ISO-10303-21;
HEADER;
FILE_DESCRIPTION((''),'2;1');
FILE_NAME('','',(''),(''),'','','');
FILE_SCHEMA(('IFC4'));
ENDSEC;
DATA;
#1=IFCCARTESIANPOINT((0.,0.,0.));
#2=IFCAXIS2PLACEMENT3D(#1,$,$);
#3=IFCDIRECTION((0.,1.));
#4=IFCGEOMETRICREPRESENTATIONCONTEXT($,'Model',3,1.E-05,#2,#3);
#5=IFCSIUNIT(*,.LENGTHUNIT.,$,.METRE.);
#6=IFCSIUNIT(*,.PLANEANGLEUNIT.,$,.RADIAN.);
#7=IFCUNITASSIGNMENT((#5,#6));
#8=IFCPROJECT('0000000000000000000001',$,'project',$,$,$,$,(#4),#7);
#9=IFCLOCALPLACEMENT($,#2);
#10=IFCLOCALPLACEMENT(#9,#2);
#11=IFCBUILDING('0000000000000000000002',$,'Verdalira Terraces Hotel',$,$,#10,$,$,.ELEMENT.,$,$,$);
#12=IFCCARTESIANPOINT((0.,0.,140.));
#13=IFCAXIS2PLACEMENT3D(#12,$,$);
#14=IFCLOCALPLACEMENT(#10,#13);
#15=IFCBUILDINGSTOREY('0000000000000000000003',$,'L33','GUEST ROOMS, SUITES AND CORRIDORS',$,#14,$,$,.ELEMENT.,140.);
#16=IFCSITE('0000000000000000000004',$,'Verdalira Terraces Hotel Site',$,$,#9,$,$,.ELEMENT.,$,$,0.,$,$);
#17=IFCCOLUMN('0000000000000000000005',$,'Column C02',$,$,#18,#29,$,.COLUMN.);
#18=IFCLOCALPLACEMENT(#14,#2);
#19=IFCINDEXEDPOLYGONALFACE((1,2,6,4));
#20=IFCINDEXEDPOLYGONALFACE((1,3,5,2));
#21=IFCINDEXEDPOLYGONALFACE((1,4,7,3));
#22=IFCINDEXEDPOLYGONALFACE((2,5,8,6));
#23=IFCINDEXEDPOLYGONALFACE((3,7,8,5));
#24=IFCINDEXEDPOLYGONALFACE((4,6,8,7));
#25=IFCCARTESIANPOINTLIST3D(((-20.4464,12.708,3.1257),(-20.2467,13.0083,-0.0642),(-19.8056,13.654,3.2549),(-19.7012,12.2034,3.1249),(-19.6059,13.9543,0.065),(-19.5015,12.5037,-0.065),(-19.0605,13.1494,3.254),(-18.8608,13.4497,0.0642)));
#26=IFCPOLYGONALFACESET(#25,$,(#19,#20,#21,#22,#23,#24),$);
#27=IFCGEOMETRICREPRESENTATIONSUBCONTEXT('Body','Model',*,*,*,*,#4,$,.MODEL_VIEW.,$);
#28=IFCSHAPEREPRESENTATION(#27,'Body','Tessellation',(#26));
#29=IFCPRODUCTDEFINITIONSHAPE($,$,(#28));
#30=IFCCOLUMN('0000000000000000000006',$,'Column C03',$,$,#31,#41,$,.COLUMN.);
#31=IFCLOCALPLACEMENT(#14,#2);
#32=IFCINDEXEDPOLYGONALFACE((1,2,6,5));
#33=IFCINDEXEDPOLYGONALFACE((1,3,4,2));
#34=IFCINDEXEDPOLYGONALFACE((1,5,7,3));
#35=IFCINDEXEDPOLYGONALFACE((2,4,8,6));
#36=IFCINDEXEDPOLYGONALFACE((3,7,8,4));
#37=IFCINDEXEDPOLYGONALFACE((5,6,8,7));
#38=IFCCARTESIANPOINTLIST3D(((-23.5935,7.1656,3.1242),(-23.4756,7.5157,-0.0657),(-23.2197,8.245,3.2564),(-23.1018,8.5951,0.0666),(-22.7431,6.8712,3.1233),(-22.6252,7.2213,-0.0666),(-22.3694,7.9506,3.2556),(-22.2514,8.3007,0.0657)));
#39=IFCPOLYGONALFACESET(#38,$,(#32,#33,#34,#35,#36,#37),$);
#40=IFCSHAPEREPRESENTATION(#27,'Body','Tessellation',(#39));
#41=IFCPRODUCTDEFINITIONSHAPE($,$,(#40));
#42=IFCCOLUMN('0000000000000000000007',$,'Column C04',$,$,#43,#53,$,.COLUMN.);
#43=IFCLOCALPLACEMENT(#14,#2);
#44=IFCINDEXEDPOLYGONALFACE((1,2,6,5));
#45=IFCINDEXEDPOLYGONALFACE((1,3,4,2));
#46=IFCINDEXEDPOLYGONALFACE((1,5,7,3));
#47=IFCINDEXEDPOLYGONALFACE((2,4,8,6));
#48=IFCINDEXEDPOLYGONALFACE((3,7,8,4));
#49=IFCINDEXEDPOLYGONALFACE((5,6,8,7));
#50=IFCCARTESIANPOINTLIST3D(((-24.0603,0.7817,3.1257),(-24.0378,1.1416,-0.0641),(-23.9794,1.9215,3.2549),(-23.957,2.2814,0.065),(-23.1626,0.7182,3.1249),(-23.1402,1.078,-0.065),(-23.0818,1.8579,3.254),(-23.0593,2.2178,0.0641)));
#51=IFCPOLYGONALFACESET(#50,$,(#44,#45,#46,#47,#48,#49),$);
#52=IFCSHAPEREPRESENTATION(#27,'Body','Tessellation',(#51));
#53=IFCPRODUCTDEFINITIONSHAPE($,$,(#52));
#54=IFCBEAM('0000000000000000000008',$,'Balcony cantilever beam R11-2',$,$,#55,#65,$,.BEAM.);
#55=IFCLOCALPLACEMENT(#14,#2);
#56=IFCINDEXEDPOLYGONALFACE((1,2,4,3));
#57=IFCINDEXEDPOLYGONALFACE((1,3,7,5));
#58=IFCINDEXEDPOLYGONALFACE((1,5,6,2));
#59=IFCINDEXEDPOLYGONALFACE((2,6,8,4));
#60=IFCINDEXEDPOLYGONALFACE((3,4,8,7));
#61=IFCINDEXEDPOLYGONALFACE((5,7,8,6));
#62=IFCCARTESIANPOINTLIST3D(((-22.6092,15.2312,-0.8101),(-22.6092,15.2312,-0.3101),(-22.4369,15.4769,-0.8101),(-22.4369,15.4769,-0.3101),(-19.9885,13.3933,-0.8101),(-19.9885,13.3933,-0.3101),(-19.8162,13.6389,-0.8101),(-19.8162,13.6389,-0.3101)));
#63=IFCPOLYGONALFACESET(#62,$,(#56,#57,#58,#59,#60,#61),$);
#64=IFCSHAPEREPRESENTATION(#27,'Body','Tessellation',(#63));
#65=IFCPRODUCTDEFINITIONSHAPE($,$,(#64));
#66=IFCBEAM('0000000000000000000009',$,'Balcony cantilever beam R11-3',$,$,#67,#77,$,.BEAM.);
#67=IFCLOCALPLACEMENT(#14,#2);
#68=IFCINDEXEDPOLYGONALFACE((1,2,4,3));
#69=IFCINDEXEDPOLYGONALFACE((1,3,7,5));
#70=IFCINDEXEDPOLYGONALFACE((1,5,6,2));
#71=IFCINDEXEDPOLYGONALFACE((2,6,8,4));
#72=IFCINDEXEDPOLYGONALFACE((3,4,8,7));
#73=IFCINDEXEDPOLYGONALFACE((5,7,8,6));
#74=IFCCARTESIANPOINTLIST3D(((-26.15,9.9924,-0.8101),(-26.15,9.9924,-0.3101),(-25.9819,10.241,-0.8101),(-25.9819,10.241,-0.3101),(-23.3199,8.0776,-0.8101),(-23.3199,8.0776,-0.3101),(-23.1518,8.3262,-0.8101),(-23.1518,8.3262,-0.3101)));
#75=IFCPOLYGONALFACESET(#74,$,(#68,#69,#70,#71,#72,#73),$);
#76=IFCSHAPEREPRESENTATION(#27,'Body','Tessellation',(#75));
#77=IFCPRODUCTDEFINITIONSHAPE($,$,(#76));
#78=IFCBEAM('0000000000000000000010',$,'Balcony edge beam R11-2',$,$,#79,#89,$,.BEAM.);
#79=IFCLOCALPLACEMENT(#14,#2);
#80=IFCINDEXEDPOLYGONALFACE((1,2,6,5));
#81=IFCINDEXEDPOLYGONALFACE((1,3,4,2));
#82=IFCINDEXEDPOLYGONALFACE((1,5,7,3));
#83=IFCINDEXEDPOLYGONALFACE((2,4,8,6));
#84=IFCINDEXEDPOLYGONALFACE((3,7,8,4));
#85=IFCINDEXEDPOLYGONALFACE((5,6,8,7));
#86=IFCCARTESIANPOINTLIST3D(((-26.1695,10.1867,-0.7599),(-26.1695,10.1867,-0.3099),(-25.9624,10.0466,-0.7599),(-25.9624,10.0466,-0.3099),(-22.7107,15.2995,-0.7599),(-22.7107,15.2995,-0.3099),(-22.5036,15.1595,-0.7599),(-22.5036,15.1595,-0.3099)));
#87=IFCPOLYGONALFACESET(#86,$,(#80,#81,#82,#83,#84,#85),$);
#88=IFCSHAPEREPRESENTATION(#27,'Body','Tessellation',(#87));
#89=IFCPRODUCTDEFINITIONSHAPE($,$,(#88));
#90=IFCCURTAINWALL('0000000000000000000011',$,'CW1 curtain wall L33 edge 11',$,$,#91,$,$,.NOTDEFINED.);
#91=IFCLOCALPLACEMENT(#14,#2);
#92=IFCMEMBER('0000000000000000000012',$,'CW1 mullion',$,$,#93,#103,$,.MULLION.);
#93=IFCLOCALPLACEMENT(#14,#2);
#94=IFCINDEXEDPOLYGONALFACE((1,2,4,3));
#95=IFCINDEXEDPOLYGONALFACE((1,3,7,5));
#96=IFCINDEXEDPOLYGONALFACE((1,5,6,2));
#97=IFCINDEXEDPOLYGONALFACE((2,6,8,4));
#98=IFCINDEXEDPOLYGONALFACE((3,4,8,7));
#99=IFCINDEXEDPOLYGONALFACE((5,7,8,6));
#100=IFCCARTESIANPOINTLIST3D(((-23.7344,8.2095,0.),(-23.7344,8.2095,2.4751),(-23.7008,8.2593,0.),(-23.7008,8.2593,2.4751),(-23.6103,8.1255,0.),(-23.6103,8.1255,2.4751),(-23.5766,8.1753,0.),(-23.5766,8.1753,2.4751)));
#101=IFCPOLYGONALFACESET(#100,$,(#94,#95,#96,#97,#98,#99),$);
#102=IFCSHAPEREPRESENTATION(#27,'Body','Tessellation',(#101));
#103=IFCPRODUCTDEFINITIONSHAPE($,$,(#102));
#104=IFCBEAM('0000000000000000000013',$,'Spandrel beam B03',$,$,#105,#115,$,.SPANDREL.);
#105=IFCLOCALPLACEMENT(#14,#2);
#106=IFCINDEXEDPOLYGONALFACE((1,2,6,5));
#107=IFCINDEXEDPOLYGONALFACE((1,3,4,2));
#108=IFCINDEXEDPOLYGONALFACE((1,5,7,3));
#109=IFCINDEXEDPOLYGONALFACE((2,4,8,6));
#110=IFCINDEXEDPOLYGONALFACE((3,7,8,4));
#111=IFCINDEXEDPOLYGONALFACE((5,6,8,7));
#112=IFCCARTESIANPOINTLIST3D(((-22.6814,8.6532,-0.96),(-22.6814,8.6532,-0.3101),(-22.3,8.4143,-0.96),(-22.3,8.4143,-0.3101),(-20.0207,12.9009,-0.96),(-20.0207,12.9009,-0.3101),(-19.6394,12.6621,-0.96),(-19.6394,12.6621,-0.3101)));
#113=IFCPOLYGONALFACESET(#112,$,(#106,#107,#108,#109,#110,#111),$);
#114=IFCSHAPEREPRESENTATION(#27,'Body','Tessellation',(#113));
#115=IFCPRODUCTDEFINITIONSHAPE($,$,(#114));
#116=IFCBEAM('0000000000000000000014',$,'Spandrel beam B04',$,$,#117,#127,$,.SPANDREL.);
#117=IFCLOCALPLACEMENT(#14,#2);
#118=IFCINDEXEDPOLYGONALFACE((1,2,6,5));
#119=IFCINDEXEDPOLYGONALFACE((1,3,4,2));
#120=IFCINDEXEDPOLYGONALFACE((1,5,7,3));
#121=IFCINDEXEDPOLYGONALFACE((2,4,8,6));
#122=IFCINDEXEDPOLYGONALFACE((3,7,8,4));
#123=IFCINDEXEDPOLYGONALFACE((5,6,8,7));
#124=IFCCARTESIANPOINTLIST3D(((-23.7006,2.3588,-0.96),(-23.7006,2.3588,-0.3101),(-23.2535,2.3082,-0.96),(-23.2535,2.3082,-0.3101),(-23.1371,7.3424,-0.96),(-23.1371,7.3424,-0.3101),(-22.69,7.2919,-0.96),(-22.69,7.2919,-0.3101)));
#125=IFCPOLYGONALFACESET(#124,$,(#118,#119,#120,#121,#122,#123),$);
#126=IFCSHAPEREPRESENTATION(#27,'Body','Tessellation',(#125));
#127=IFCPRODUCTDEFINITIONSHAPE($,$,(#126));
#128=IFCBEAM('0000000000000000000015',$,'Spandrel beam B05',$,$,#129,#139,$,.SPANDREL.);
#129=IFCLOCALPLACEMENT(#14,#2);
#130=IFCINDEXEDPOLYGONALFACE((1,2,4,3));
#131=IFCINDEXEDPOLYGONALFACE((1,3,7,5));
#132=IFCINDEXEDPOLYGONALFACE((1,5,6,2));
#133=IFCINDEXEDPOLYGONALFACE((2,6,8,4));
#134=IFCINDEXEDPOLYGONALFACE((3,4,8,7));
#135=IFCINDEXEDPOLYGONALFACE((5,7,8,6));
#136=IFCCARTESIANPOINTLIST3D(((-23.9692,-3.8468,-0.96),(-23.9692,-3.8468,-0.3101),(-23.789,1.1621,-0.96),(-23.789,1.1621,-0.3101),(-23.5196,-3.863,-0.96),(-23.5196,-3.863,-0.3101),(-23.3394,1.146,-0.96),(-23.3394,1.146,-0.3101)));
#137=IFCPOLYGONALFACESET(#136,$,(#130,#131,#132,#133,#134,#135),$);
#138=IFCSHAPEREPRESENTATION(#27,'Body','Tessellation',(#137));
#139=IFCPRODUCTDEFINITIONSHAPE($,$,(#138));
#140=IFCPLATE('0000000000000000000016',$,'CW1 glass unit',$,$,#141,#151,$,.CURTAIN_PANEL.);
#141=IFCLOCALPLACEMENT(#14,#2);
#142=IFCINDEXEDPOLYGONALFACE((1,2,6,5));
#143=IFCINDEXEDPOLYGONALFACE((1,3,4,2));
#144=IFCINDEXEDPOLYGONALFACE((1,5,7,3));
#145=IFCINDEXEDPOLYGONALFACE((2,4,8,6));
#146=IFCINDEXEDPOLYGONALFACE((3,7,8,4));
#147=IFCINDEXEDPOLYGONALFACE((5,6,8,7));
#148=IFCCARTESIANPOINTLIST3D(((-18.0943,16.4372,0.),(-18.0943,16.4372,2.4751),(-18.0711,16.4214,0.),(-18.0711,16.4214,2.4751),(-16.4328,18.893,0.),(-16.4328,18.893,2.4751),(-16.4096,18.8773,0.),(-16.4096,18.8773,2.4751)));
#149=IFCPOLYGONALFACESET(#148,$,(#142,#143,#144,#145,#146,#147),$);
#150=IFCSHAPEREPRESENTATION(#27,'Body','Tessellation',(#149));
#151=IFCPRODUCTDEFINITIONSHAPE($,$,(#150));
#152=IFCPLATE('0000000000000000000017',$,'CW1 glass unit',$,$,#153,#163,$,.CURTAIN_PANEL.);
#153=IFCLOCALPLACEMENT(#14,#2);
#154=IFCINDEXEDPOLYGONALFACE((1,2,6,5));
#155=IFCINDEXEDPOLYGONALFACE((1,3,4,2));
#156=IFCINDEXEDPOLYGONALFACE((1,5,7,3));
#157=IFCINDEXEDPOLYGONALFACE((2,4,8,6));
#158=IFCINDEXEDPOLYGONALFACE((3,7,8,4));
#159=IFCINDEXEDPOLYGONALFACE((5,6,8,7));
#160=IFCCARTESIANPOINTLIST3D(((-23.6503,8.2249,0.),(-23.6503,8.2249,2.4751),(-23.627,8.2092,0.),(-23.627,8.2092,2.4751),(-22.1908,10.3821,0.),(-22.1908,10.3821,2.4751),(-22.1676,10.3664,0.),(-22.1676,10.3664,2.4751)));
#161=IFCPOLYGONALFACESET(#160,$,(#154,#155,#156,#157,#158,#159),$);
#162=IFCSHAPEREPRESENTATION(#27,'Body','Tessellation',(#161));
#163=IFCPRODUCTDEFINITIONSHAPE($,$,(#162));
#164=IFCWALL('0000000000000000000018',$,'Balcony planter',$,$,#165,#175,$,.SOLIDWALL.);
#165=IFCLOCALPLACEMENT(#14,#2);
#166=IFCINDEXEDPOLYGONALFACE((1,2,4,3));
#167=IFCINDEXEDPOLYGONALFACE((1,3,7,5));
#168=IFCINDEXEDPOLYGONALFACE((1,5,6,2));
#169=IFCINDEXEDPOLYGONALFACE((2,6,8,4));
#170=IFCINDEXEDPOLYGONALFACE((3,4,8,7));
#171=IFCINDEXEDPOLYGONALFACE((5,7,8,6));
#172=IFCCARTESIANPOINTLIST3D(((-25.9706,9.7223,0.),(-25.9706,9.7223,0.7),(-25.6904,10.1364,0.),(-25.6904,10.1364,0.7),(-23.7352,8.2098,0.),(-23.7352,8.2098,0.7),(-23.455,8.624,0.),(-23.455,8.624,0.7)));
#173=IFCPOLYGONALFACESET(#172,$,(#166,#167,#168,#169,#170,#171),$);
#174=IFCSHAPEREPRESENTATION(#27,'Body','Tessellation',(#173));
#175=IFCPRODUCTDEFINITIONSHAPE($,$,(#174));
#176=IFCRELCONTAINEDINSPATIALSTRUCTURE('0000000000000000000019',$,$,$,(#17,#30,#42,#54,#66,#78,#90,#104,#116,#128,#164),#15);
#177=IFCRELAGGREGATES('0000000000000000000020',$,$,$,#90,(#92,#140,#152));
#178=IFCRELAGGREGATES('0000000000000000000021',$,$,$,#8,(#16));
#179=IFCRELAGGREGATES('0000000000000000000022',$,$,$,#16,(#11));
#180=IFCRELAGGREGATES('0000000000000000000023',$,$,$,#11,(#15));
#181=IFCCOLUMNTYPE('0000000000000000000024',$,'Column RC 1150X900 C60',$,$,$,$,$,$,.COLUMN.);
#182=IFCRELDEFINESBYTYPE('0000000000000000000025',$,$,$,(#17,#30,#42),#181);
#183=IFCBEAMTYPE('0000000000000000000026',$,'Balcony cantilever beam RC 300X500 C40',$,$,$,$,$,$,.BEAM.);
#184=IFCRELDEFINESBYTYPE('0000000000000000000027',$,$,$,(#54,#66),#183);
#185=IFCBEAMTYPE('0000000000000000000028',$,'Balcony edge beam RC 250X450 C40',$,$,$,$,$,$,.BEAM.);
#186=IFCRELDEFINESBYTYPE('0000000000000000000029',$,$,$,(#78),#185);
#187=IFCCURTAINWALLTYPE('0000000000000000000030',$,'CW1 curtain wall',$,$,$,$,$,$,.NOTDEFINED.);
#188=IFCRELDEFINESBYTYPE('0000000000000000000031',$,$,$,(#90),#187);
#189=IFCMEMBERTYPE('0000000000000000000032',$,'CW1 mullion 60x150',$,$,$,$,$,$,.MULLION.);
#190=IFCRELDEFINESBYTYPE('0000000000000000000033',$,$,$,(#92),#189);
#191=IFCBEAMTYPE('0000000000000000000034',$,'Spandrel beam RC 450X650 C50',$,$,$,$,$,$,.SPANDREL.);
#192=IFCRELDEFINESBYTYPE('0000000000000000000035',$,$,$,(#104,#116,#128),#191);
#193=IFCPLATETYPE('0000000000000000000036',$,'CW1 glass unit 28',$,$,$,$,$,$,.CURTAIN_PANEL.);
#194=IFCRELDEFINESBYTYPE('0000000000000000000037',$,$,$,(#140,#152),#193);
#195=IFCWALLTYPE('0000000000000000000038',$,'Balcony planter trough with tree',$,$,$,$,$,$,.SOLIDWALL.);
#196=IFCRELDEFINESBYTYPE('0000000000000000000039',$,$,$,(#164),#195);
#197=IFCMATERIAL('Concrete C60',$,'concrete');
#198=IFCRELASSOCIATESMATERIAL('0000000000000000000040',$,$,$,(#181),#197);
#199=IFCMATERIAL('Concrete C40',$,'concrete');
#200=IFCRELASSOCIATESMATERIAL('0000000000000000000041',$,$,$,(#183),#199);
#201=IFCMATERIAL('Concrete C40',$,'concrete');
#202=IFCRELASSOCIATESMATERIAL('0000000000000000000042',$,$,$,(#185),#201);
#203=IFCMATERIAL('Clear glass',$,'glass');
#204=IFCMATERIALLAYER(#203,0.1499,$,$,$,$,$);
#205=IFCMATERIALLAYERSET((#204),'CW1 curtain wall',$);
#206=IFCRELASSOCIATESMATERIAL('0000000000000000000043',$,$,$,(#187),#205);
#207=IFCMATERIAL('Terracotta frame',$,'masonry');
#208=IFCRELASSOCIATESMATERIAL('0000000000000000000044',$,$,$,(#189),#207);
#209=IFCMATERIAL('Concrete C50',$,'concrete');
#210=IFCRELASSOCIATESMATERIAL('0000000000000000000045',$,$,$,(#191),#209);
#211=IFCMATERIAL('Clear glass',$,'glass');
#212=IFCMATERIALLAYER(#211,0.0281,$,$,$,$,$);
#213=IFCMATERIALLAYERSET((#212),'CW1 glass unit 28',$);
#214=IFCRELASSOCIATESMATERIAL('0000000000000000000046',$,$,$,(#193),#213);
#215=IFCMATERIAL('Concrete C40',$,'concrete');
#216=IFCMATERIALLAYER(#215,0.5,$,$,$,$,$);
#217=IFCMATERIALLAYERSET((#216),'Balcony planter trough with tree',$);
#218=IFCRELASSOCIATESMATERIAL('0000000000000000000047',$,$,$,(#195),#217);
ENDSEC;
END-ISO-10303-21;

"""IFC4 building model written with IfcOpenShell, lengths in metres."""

from ifc_helpers import new_model, si_unit, direction, frame, frame_2d, origin, origin_2d, place, context, subcontext, project, spatial, rectangle, extrude, material, layer, layer_set, material_profile, profile_set, type_object, element, aggregate, save


model = new_model("IFC4")

# Units and contexts
model_context = context("Model", 3, precision=1e-05, world=origin(), true_north=direction((0.0, 1.0)))
body_context = subcontext(model_context, "Body", "Model", "MODEL_VIEW")
ifc_project = project(units=[si_unit("LENGTHUNIT", "METRE"), si_unit("PLANEANGLEUNIT", "RADIAN")], contexts=[model_context])

# Site, building, storey
site_placement = place(None, origin())
site = spatial("IfcSite", under=ifc_project, at=site_placement, Name="Verdalira Terraces Hotel Site", CompositionType="ELEMENT", RefElevation=0.0)
building_placement = place(site_placement, origin())
building = spatial("IfcBuilding", under=site, at=building_placement, Name="Verdalira Terraces Hotel", CompositionType="ELEMENT")
storey_placement = place(building_placement, frame((0.0, 0.0, 140.0)))
storey = spatial("IfcBuildingStorey", under=building, at=storey_placement, Name="L33", Description="GUEST ROOMS, SUITES AND CORRIDORS", CompositionType="ELEMENT", Elevation=140.0)

# Columns
ifc_material_1 = material(Name="Concrete C60", Category="concrete")
ifc_material_profile_1 = material_profile(ifc_material_1, rectangle(XDim=1.1499, YDim=0.8999, at=origin_2d()), Name="RC 1150X900")
ifc_profile_set_1 = profile_set([ifc_material_profile_1], Name="Concrete C60")
column_type = type_object("IfcColumnType", Name="Column RC 1150X900 C60", PredefinedType="COLUMN", material=ifc_profile_set_1)
column_1_placement = place(storey_placement, frame((-19.5537, 13.229, 0.0), z_axis=(-0.062209, -0.093542, 0.99367), x_axis=(-0.557258, -0.822705, -0.112335)))
element("IfcColumn", 1, at=column_1_placement, inside=storey, type_object=column_type, Name="Column C02", PredefinedType="COLUMN", context=body_context, shape_type="SweptSolid", body=[
    extrude(rectangle(XDim=1.1499, YDim=0.8999, at=origin_2d()), origin(), (0.0, 0.0, 1.0), 3.2102),
])
column_2_placement = place(storey_placement, frame((-22.8635, 7.9082, 0.0), z_axis=(-0.036721, -0.109022, 0.993361), x_axis=(0.325062, 0.93867, 0.115036)))
element("IfcColumn", 2, at=column_2_placement, inside=storey, type_object=column_type, Name="Column C03", PredefinedType="COLUMN", context=body_context, shape_type="SweptSolid", body=[
    extrude(rectangle(XDim=1.1499, YDim=0.8999, at=origin_2d()), origin(), (0.0, 0.0, 1.0), 3.2112),
])
column_3_placement = place(storey_placement, frame((-23.5486, 1.6797, 0.0), z_axis=(-0.006997, -0.112098, 0.993673), x_axis=(-0.070313, -0.991182, -0.112312)))
element("IfcColumn", 3, at=column_3_placement, inside=storey, type_object=column_type, Name="Column C04", PredefinedType="COLUMN", context=body_context, shape_type="SweptSolid", body=[
    extrude(rectangle(XDim=1.1499, YDim=0.8999, at=origin_2d()), origin(), (0.0, 0.0, 1.0), 3.2102),
])

# Beams
ifc_material_2 = material(Name="Concrete C40", Category="concrete")
ifc_material_profile_2 = material_profile(ifc_material_2, rectangle(XDim=0.3, YDim=0.5, at=origin_2d()), Name="RC 300X500")
ifc_profile_set_2 = profile_set([ifc_material_profile_2], Name="Concrete C40")
beam_type_1 = type_object("IfcBeamType", Name="Balcony cantilever beam RC 300X500 C40", PredefinedType="BEAM", material=ifc_profile_set_2)
beam_1_placement = place(storey_placement, frame((-19.9023, 13.5161, -0.5601), z_axis=(-0.818723, 0.574189, 0.0), x_axis=(-0.574189, -0.818723, 0.0)))
element("IfcBeam", 4, at=beam_1_placement, inside=storey, type_object=beam_type_1, Name="Balcony cantilever beam R11-2", PredefinedType="BEAM", context=body_context, shape_type="SweptSolid", body=[
    extrude(rectangle(XDim=0.3, YDim=0.5, at=origin_2d()), origin(), (0.0, 0.0, 1.0), 3.2009),
])
beam_2_placement = place(storey_placement, frame((-23.2358, 8.2019, -0.5601), z_axis=(-0.828239, 0.560376, 0.0), x_axis=(-0.560376, -0.828239, 0.0)))
element("IfcBeam", 5, at=beam_2_placement, inside=storey, type_object=beam_type_1, Name="Balcony cantilever beam R11-3", PredefinedType="BEAM", context=body_context, shape_type="SweptSolid", body=[
    extrude(rectangle(XDim=0.3, YDim=0.5, at=origin_2d()), origin(), (0.0, 0.0, 1.0), 3.417),
])
ifc_material_3 = material(Name="Concrete C40", Category="concrete")
ifc_material_profile_3 = material_profile(ifc_material_3, rectangle(XDim=0.25, YDim=0.45, at=origin_2d()), Name="RC 250X450")
ifc_profile_set_3 = profile_set([ifc_material_profile_3], Name="Concrete C40")
beam_type_2 = type_object("IfcBeamType", Name="Balcony edge beam RC 250X450 C40", PredefinedType="BEAM", material=ifc_profile_set_3)
beam_3_placement = place(storey_placement, frame((-22.6072, 15.2295, -0.5349), z_axis=(-0.560319, -0.828277, 0.0), x_axis=(0.828277, -0.560319, 0.0)))
element("IfcBeam", 6, at=beam_3_placement, inside=storey, type_object=beam_type_2, Name="Balcony edge beam R11-2", PredefinedType="BEAM", context=body_context, shape_type="SweptSolid", body=[
    extrude(rectangle(XDim=0.25, YDim=0.45, at=origin_2d()), origin(), (0.0, 0.0, 1.0), 6.1729),
])

# Curtain wall, member
ifc_material_4 = material(Name="Clear glass", Category="glass")
ifc_layer_1 = layer(ifc_material_4, 0.1499)
ifc_layer_set_1 = layer_set([ifc_layer_1], Name="CW1 curtain wall")
curtain_wall_type = type_object("IfcCurtainWallType", Name="CW1 curtain wall", PredefinedType="NOTDEFINED", material=ifc_layer_set_1)
curtain_wall_placement = place(storey_placement, origin())
curtain_wall = element("IfcCurtainWall", 7, at=curtain_wall_placement, inside=storey, type_object=curtain_wall_type, Name="CW1 curtain wall L33 edge 11", PredefinedType="NOTDEFINED")
ifc_material_5 = material(Name="Terracotta frame", Category="masonry")
ifc_material_profile_4 = material_profile(ifc_material_5, rectangle(XDim=0.0601, YDim=0.1499, at=origin_2d()), Name="MU 60x150")
ifc_profile_set_4 = profile_set([ifc_material_profile_4], Name="Terracotta frame")
member_type = type_object("IfcMemberType", Name="CW1 mullion 60x150", PredefinedType="MULLION", material=ifc_profile_set_4)
member_placement = place(storey_placement, frame((-23.6555, 8.1924, 0.0), z_axis=(0.0, 0.0, 1.0), x_axis=(-0.56035, -0.828256, 0.0)))
member = element("IfcMember", 8, at=member_placement, type_object=member_type, Name="CW1 mullion", PredefinedType="MULLION", context=body_context, shape_type="SweptSolid", body=[
    extrude(rectangle(XDim=0.0601, YDim=0.1499, at=origin_2d()), origin(), (0.0, 0.0, 1.0), 2.4751),
])

# Beams
ifc_material_6 = material(Name="Concrete C50", Category="concrete")
ifc_material_profile_5 = material_profile(ifc_material_6, rectangle(XDim=0.45, YDim=0.6499, at=origin_2d()), Name="RC 450X650")
ifc_profile_set_5 = profile_set([ifc_material_profile_5], Name="Concrete C50")
beam_type_3 = type_object("IfcBeamType", Name="Spandrel beam RC 450X650 C50", PredefinedType="SPANDREL", material=ifc_profile_set_5)
beam_4_placement = place(storey_placement, frame((-19.8301, 12.7815, -0.635), z_axis=(-0.530826, -0.847481, 0.0), x_axis=(0.847481, -0.530826, 0.0)))
element("IfcBeam", 9, at=beam_4_placement, inside=storey, type_object=beam_type_3, Name="Spandrel beam B03", PredefinedType="SPANDREL", context=body_context, shape_type="SweptSolid", body=[
    extrude(rectangle(XDim=0.45, YDim=0.6499, at=origin_2d()), origin(), (0.0, 0.0, 1.0), 5.0122),
])
beam_5_placement = place(storey_placement, frame((-22.9136, 7.3171, -0.635), z_axis=(-0.112349, -0.993669, 0.0), x_axis=(0.993669, -0.112349, 0.0)))
element("IfcBeam", 10, at=beam_5_placement, inside=storey, type_object=beam_type_3, Name="Spandrel beam B04", PredefinedType="SPANDREL", context=body_context, shape_type="SweptSolid", body=[
    extrude(rectangle(XDim=0.45, YDim=0.6499, at=origin_2d()), origin(), (0.0, 0.0, 1.0), 5.0154),
])
beam_6_placement = place(storey_placement, frame((-23.5642, 1.1541, -0.635), z_axis=(-0.035947, -0.999354, 0.0), x_axis=(0.999354, -0.035947, 0.0)))
element("IfcBeam", 11, at=beam_6_placement, inside=storey, type_object=beam_type_3, Name="Spandrel beam B05", PredefinedType="SPANDREL", context=body_context, shape_type="SweptSolid", body=[
    extrude(rectangle(XDim=0.45, YDim=0.6499, at=origin_2d()), origin(), (0.0, 0.0, 1.0), 5.0122),
])

# Plates
ifc_material_7 = material(Name="Clear glass", Category="glass")
ifc_layer_2 = layer(ifc_material_7, 0.0281)
ifc_layer_set_2 = layer_set([ifc_layer_2], Name="CW1 glass unit 28")
plate_type = type_object("IfcPlateType", Name="CW1 glass unit 28", PredefinedType="CURTAIN_PANEL", material=ifc_layer_set_2)
plate_1_placement = place(storey_placement, frame((-17.252, 17.6572, 0.0), z_axis=(0.0, 0.0, 1.0), x_axis=(-0.56035, -0.828256, 0.0)))
plate_1 = element("IfcPlate", 12, at=plate_1_placement, type_object=plate_type, Name="CW1 glass unit", PredefinedType="CURTAIN_PANEL", context=body_context, shape_type="SweptSolid", body=[
    extrude(rectangle(XDim=2.9651, YDim=0.0281, at=origin_2d()), origin(), (0.0, 0.0, 1.0), 2.4751),
])
plate_2_placement = place(storey_placement, frame((-22.9089, 9.2957, 0.0), z_axis=(0.0, 0.0, 1.0), x_axis=(-0.56035, -0.828256, 0.0)))
plate_2 = element("IfcPlate", 13, at=plate_2_placement, type_object=plate_type, Name="CW1 glass unit", PredefinedType="CURTAIN_PANEL", context=body_context, shape_type="SweptSolid", body=[
    extrude(rectangle(XDim=2.6045, YDim=0.0281, at=origin_2d()), origin(), (0.0, 0.0, 1.0), 2.4751),
])
aggregate(curtain_wall, [member, plate_1, plate_2])

# Wall
ifc_material_8 = material(Name="Concrete C40", Category="concrete")
ifc_layer_3 = layer(ifc_material_8, 0.5)
ifc_layer_set_3 = layer_set([ifc_layer_3], Name="Balcony planter trough with tree")
wall_type_1 = type_object("IfcWallType", Name="Balcony planter trough with tree", PredefinedType="SOLIDWALL", material=ifc_layer_set_3)
wall_1_placement = place(storey_placement, frame((-25.8306, 9.9294, 0.0), z_axis=(0.0, 0.0, 1.0), x_axis=(0.828232, -0.560386, 0.0)))
element("IfcWall", 14, at=wall_1_placement, inside=storey, type_object=wall_type_1, Name="Balcony planter", PredefinedType="SOLIDWALL", context=body_context, shape_type="SweptSolid", body=[
    extrude(rectangle(XDim=2.699, YDim=0.5, at=frame_2d((1.3496, 0.0))), origin(), (0.0, 0.0, 1.0), 0.7),
])

save(model, "model.ifc")
